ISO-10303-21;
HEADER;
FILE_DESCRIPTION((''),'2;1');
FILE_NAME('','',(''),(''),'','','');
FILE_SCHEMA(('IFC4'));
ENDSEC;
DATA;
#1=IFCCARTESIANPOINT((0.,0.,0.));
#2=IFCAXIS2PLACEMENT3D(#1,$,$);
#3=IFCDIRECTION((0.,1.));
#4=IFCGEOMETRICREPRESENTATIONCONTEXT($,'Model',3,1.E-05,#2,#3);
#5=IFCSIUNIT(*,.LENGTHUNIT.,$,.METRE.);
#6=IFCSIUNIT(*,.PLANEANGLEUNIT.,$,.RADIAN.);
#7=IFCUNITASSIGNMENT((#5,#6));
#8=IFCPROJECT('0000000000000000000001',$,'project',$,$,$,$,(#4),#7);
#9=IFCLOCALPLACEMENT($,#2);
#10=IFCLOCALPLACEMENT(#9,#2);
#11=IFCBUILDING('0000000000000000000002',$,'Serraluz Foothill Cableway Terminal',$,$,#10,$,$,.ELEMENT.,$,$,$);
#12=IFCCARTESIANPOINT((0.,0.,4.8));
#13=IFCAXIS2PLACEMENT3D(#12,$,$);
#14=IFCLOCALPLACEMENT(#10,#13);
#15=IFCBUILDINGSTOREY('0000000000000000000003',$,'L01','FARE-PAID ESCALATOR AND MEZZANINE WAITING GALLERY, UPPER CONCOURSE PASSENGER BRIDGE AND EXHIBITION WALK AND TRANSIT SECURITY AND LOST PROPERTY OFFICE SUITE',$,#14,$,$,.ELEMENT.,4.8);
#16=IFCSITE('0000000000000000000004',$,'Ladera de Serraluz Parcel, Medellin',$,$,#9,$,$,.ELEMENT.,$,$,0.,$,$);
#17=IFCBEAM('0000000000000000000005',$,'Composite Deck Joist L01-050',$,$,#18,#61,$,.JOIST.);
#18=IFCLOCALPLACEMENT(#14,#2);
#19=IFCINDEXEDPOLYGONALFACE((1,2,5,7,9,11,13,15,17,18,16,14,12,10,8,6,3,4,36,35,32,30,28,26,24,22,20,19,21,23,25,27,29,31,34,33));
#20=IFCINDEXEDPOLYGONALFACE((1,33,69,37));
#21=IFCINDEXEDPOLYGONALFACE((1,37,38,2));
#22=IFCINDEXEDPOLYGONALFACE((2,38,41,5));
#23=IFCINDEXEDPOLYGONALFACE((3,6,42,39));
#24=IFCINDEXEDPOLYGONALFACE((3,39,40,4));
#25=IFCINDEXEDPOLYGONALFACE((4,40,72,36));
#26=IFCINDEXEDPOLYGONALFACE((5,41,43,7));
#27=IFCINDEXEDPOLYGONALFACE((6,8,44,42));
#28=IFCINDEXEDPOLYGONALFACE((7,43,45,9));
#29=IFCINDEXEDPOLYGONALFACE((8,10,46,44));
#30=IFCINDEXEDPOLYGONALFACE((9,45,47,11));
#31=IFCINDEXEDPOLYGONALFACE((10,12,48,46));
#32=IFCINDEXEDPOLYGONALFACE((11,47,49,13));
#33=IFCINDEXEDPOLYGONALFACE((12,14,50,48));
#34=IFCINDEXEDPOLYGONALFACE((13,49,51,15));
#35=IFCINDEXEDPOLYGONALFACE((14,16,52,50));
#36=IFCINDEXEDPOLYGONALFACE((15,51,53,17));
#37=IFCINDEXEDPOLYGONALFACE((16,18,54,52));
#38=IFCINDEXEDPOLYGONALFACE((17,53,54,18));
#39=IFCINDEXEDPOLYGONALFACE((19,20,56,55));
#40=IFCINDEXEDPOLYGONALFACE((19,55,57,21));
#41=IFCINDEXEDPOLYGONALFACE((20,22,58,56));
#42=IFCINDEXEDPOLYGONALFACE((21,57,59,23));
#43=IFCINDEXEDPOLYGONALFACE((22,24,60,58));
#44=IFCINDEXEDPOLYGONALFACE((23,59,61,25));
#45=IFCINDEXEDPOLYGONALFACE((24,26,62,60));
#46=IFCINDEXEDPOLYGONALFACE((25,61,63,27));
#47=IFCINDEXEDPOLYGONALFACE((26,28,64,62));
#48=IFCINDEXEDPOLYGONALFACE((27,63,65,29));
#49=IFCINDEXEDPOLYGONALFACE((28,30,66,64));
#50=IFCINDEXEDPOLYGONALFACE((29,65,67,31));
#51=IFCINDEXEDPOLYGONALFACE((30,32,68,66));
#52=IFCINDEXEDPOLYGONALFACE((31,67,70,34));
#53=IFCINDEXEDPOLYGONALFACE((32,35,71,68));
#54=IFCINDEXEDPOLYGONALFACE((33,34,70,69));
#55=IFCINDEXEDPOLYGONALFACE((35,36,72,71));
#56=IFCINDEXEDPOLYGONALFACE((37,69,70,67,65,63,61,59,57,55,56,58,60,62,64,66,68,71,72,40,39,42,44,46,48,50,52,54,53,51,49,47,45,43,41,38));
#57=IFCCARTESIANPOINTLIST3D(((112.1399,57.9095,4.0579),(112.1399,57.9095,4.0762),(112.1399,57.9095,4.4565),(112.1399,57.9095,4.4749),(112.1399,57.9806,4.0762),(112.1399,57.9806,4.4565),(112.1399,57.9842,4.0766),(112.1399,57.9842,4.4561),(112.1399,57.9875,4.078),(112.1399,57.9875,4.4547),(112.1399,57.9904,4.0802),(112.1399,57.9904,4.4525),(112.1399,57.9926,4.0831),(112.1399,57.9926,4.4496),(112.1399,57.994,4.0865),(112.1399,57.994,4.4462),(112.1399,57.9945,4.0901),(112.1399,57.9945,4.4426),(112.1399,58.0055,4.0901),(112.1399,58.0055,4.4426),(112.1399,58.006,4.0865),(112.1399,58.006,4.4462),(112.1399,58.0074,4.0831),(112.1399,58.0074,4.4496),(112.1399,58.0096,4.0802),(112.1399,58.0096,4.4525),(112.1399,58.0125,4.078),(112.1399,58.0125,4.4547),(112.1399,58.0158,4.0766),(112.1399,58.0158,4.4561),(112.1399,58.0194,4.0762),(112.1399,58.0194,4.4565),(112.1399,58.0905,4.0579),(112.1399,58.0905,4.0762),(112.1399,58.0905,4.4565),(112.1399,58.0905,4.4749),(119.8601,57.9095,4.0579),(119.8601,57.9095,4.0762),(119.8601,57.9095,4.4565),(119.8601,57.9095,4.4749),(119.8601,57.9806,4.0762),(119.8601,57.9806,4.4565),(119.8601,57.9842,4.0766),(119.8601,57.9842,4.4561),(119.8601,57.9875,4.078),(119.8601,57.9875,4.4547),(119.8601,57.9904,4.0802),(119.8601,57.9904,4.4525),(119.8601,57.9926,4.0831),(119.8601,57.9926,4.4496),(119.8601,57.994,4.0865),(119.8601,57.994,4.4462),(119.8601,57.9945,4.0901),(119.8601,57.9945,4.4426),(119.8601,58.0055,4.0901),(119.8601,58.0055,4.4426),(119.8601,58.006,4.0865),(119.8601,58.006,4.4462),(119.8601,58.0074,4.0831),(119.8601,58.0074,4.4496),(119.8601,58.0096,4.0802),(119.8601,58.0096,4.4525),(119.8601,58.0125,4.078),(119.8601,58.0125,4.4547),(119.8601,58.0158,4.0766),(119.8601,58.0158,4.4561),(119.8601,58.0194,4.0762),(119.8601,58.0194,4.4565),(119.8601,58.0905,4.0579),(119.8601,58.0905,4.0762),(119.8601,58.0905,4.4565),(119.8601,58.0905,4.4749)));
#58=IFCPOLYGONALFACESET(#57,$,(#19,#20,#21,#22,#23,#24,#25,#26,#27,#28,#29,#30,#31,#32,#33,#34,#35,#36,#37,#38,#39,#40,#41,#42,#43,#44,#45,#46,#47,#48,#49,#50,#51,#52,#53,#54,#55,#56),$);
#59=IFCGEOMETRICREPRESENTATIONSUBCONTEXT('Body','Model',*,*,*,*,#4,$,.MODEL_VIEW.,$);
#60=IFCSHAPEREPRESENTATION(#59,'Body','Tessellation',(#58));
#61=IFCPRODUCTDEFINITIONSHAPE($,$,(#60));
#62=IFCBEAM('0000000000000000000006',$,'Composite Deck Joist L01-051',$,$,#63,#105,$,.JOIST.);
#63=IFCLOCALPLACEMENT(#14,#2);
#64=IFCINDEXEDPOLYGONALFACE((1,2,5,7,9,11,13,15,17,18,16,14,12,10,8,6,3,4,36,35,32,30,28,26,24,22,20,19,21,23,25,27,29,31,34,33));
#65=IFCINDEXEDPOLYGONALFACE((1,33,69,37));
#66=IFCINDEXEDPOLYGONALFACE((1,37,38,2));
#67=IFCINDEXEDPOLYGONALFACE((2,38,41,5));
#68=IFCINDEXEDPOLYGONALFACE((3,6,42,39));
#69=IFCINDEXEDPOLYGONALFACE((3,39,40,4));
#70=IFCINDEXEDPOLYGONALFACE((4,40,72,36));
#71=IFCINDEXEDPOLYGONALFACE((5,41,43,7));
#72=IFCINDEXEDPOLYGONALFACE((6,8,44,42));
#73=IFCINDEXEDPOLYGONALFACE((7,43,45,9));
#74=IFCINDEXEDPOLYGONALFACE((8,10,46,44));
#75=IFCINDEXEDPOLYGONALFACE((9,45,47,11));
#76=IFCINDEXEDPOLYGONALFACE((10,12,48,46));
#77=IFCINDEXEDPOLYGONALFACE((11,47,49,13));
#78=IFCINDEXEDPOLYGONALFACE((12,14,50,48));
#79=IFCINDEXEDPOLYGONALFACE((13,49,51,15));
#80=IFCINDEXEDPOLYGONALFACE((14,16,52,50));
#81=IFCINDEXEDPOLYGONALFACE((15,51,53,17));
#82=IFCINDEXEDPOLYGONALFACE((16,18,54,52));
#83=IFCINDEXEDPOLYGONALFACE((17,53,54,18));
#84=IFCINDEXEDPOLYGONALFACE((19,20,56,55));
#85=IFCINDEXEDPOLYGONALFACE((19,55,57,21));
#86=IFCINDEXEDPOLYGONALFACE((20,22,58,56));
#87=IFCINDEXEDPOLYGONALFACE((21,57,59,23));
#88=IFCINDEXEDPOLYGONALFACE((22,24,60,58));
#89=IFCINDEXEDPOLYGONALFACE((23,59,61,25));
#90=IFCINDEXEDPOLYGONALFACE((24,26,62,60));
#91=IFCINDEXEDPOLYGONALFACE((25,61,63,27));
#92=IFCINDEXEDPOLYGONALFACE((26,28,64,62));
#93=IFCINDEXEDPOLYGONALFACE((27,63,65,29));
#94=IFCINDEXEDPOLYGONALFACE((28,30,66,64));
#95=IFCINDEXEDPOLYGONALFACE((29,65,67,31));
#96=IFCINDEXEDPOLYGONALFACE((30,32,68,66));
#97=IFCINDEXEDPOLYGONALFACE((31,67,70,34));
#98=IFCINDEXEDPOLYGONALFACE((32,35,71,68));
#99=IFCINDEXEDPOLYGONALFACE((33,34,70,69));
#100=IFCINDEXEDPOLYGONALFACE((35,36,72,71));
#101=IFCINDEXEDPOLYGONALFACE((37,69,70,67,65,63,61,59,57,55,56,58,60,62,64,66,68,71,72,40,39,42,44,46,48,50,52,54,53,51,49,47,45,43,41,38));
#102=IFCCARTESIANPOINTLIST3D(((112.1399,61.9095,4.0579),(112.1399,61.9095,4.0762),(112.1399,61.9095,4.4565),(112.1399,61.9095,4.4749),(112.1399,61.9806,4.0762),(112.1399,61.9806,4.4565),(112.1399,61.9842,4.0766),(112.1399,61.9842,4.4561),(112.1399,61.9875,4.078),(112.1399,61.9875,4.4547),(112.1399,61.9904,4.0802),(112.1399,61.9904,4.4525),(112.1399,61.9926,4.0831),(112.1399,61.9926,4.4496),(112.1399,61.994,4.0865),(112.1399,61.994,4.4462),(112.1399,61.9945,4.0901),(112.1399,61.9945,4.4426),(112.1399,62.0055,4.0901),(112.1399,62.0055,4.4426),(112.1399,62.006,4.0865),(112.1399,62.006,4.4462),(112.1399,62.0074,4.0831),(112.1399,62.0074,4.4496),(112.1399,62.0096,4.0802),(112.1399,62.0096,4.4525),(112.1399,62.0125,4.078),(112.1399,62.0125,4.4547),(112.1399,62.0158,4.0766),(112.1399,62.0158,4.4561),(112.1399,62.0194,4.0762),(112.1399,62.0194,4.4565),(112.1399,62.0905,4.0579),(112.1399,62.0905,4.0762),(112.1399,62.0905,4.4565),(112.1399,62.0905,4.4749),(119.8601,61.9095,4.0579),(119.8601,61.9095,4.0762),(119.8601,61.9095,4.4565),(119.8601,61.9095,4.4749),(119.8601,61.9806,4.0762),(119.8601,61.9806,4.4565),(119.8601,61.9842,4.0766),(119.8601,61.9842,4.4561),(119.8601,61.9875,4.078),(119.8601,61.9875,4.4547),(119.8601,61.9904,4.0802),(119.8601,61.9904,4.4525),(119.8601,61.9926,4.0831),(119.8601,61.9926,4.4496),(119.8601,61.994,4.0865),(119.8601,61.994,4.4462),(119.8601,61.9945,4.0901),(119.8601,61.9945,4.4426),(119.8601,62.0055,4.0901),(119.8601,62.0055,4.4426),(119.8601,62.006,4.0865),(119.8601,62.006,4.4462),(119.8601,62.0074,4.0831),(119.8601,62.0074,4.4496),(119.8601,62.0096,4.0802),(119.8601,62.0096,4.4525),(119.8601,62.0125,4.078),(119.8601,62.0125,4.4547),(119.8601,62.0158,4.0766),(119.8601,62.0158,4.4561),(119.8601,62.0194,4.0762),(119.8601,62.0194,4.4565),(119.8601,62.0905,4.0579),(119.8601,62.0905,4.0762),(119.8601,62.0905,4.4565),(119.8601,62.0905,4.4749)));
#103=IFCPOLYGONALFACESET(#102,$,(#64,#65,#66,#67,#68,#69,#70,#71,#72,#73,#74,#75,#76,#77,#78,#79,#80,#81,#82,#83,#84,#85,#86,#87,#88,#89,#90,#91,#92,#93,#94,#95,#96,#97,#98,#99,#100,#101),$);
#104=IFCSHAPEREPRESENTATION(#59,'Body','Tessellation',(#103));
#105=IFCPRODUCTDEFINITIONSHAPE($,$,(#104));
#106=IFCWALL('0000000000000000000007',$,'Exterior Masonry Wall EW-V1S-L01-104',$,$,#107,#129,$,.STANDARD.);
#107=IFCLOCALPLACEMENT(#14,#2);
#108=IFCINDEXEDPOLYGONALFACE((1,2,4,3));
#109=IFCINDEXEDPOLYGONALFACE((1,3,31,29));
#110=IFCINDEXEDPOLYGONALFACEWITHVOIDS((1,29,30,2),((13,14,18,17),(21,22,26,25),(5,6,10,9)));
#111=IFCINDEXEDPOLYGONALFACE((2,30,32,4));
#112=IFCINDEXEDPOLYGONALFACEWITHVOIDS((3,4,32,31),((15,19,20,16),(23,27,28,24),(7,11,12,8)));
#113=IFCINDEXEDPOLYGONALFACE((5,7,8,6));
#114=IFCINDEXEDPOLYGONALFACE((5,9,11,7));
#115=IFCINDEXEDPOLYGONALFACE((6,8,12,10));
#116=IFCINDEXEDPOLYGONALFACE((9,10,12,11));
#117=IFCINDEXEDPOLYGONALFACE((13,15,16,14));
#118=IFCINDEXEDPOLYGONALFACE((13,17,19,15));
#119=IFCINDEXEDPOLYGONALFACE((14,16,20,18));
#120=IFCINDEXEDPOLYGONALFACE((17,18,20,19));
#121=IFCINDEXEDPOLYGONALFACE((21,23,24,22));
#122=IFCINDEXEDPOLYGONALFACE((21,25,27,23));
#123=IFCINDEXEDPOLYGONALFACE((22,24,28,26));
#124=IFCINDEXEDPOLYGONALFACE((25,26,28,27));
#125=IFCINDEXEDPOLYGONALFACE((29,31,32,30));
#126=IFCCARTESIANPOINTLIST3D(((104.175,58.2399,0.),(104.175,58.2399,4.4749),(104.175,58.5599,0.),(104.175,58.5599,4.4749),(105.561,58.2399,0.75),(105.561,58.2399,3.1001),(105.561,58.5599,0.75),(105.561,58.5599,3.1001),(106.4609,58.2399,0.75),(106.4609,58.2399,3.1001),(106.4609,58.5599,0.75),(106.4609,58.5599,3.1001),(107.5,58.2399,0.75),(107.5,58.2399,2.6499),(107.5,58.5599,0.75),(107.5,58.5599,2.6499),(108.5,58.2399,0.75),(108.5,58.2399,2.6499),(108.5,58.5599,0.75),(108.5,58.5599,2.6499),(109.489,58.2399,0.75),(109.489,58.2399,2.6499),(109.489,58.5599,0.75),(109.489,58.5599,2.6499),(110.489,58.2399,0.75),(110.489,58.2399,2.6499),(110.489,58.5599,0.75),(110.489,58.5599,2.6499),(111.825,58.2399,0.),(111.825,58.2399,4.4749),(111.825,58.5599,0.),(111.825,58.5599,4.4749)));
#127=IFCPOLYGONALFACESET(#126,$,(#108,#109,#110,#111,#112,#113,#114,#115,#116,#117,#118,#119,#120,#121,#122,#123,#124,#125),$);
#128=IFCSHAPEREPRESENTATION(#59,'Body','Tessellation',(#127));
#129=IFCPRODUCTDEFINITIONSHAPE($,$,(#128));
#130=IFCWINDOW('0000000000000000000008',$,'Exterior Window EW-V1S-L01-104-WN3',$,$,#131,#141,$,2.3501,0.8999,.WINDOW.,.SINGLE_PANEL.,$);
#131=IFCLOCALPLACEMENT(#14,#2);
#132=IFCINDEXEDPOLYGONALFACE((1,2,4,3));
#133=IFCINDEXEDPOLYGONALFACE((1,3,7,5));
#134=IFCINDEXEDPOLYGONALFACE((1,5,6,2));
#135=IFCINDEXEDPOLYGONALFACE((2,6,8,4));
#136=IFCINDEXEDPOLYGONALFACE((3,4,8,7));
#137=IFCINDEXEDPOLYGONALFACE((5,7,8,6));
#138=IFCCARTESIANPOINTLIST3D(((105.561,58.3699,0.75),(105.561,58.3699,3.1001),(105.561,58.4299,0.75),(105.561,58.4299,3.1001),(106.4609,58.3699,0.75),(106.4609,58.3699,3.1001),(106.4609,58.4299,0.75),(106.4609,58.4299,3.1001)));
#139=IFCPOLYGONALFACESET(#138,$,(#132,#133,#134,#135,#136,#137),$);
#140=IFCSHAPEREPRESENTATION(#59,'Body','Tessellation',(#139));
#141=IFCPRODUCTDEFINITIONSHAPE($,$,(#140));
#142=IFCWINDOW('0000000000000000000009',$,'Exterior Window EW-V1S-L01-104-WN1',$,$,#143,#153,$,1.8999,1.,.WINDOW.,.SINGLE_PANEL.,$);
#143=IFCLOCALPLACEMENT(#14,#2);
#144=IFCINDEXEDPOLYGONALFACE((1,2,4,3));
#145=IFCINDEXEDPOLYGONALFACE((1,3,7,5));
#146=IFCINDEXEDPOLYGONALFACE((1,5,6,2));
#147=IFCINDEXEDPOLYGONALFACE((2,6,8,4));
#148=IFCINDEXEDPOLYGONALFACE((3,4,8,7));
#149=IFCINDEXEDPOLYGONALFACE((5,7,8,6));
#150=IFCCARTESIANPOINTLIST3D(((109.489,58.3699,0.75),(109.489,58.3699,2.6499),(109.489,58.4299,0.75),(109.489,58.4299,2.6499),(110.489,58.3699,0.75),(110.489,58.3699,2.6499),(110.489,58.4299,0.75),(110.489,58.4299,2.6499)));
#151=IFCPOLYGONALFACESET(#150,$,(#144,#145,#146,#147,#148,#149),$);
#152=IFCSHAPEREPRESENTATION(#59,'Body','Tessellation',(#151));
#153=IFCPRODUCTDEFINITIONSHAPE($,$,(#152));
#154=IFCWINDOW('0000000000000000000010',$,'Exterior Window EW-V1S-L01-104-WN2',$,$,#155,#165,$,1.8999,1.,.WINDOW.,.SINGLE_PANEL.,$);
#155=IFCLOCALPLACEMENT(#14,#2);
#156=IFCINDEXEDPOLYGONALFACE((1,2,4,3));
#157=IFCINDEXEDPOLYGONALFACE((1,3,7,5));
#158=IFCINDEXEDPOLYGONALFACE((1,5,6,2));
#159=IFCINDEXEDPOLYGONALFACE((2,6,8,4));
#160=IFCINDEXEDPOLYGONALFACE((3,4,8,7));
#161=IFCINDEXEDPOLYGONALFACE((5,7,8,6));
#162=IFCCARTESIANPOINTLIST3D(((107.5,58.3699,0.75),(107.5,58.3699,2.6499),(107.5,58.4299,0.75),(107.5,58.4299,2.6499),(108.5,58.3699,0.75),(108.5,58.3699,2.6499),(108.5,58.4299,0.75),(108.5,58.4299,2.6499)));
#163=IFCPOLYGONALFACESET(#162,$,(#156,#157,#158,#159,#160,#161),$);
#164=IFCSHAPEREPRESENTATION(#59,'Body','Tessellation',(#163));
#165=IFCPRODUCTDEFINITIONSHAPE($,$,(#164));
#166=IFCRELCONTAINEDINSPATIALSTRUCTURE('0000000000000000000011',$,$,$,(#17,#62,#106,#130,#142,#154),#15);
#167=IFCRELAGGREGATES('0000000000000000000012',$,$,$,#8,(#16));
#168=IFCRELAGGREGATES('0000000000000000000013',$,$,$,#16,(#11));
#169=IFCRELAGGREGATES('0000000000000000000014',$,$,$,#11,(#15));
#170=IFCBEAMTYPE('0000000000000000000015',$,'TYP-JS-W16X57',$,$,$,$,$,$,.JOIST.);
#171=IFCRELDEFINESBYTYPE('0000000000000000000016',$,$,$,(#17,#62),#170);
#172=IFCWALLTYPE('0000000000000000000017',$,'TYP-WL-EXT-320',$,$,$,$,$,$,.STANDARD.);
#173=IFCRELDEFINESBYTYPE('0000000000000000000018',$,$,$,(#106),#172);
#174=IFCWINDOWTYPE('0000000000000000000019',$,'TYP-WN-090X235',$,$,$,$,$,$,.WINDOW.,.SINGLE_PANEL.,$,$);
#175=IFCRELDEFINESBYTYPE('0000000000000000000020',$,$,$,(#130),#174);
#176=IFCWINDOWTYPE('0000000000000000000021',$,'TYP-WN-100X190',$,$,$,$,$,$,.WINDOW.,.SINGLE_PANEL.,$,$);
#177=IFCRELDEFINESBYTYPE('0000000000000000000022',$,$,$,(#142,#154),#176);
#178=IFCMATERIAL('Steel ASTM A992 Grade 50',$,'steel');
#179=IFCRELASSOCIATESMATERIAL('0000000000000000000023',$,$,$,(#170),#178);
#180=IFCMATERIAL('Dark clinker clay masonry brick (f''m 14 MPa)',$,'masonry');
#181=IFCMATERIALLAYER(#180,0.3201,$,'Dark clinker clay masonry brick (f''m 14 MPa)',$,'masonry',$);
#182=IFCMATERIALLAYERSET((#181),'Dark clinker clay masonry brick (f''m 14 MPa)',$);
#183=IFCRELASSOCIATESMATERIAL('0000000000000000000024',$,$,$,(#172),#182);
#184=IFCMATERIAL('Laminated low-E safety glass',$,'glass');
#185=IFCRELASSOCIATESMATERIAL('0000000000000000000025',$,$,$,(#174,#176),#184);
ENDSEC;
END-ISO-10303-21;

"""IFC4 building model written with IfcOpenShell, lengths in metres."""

from ifc_helpers import new_model, si_unit, direction, frame, frame_2d, origin, origin_2d, place, context, subcontext, project, spatial, rectangle, i_section, extrude, material, layer, layer_set, material_profile, profile_set, type_object, element, fill, save


model = new_model("IFC4")

# Units and contexts
model_context = context("Model", 3, precision=1e-05, world=origin(), true_north=direction((0.0, 1.0)))
body_context = subcontext(model_context, "Body", "Model", "MODEL_VIEW")
ifc_project = project(units=[si_unit("LENGTHUNIT", "METRE"), si_unit("PLANEANGLEUNIT", "RADIAN")], contexts=[model_context])

# Site, building, storey
site_placement = place(None, origin())
site = spatial("IfcSite", under=ifc_project, at=site_placement, Name="Ladera de Serraluz Parcel, Medellin", CompositionType="ELEMENT", RefElevation=0.0)
building_placement = place(site_placement, origin())
building = spatial("IfcBuilding", under=site, at=building_placement, Name="Serraluz Foothill Cableway Terminal", CompositionType="ELEMENT")
storey_placement = place(building_placement, frame((0.0, 0.0, 4.8)))
storey = spatial("IfcBuildingStorey", under=building, at=storey_placement, Name="L01", Description="FARE-PAID ESCALATOR AND MEZZANINE WAITING GALLERY, UPPER CONCOURSE PASSENGER BRIDGE AND EXHIBITION WALK AND TRANSIT SECURITY AND LOST PROPERTY OFFICE SUITE", CompositionType="ELEMENT", Elevation=4.8)

# Shared definitions
ifc_material_1 = material(Name="Dark clinker clay masonry brick (f'm 14 MPa)", Category="masonry")

# Beams
ifc_material_2 = material(Name="Steel ASTM A992 Grade 50", Category="steel")
ifc_material_profile_1 = material_profile(ifc_material_2, i_section(OverallWidth=0.1809, OverallDepth=0.417, WebThickness=0.011, FlangeThickness=0.0183, FilletRadius=0.0139, at=origin_2d()), Name="W16X57")
ifc_profile_set_1 = profile_set([ifc_material_profile_1], Name="Steel ASTM A992 Grade 50")
beam_type_1 = type_object("IfcBeamType", Name="TYP-JS-W16X57", PredefinedType="JOIST", material=ifc_profile_set_1)
for number, where, z_axis, x_axis, name in (
    (1, (112.1399, 58.0, 4.2664), (1.0, 0.0, 0.0), (0.0, 1.0, 0.0), "Composite Deck Joist L01-050"),
    (2, (112.1399, 62.0, 4.2664), (1.0, 0.0, 0.0), (0.0, 1.0, 0.0), "Composite Deck Joist L01-051"),
):
    element("IfcBeam", number, at=place(storey_placement, frame(where, z_axis=z_axis, x_axis=x_axis)), inside=storey, type_object=beam_type_1, Name=name, PredefinedType="JOIST", context=body_context, shape_type="SweptSolid", body=[
        extrude(i_section(OverallWidth=0.1809, OverallDepth=0.417, WebThickness=0.011, FlangeThickness=0.0183, FilletRadius=0.0139, at=origin_2d()), origin(), (0.0, 0.0, 1.0), 7.7202),
    ])

# Wall, openings, windows
ifc_layer_1 = layer(ifc_material_1, 0.3201, Name="Dark clinker clay masonry brick (f'm 14 MPa)", Category="masonry")
ifc_layer_set_1 = layer_set([ifc_layer_1], Name="Dark clinker clay masonry brick (f'm 14 MPa)")
wall_type_1 = type_object("IfcWallType", Name="TYP-WL-EXT-320", PredefinedType="STANDARD", material=ifc_layer_set_1)
wall_1_placement = place(storey_placement, frame((111.825, 58.3999, 0.0), z_axis=(0.0, 0.0, 1.0), x_axis=(-1.0, 0.0, 0.0)))
wall_1 = element("IfcWall", 3, at=wall_1_placement, inside=storey, type_object=wall_type_1, Name="Exterior Masonry Wall EW-V1S-L01-104", PredefinedType="STANDARD", context=body_context, shape_type="SweptSolid", body=[
    extrude(rectangle(XDim=7.6499, YDim=0.3201, at=frame_2d((3.825, 0.0))), origin(), (0.0, 0.0, 1.0), 4.4749),
])
opening_1_placement = place(wall_1_placement, frame((1.3359, 0.0, 0.75)))
opening_1 = element("IfcOpeningElement", 4, at=opening_1_placement, cuts=wall_1, PredefinedType="OPENING", context=body_context, shape_type="SweptSolid", body=[
    extrude(rectangle(XDim=1.0, YDim=1.8999, at=frame_2d((0.5, 0.95))), frame((0.0, 0.1699, 0.0), z_axis=(0.0, -1.0, 0.0), x_axis=(1.0, 0.0, 0.0)), (0.0, 0.0, 1.0), 0.3401),
])
opening_2_placement = place(wall_1_placement, frame((3.325, 0.0, 0.75)))
opening_2 = element("IfcOpeningElement", 5, at=opening_2_placement, cuts=wall_1, PredefinedType="OPENING", context=body_context, shape_type="SweptSolid", body=[
    extrude(rectangle(XDim=1.0, YDim=1.8999, at=frame_2d((0.5, 0.95))), frame((0.0, 0.1699, 0.0), z_axis=(0.0, -1.0, 0.0), x_axis=(1.0, 0.0, 0.0)), (0.0, 0.0, 1.0), 0.3401),
])
opening_3_placement = place(wall_1_placement, frame((5.364, 0.0, 0.75)))
opening_3 = element("IfcOpeningElement", 6, at=opening_3_placement, cuts=wall_1, PredefinedType="OPENING", context=body_context, shape_type="SweptSolid", body=[
    extrude(rectangle(XDim=0.8999, YDim=2.3501, at=frame_2d((0.45, 1.175))), frame((0.0, 0.1699, 0.0), z_axis=(0.0, -1.0, 0.0), x_axis=(1.0, 0.0, 0.0)), (0.0, 0.0, 1.0), 0.3401),
])
ifc_material_3 = material(Name="Laminated low-E safety glass", Category="glass")
window_type_1 = type_object("IfcWindowType", Name="TYP-WN-090X235", PartitioningType="SINGLE_PANEL", PredefinedType="WINDOW", material=ifc_material_3)
window_1_placement = place(opening_3_placement, origin())
window_1 = element("IfcWindow", 7, at=window_1_placement, inside=storey, type_object=window_type_1, Name="Exterior Window EW-V1S-L01-104-WN3", OverallHeight=2.3501, OverallWidth=0.8999, PartitioningType="SINGLE_PANEL", PredefinedType="WINDOW", context=body_context, shape_type="SweptSolid", body=[
    extrude(rectangle(XDim=0.8999, YDim=2.3501, at=frame_2d((0.45, 1.175))), frame((0.0, 0.03, 0.0), z_axis=(0.0, -1.0, 0.0), x_axis=(1.0, 0.0, 0.0)), (0.0, 0.0, 1.0), 0.0601),
])
fill(opening_3, window_1)
window_type_2 = type_object("IfcWindowType", Name="TYP-WN-100X190", PartitioningType="SINGLE_PANEL", PredefinedType="WINDOW", material=ifc_material_3)
window_2_placement = place(opening_1_placement, origin())
window_2 = element("IfcWindow", 8, at=window_2_placement, inside=storey, type_object=window_type_2, Name="Exterior Window EW-V1S-L01-104-WN1", OverallHeight=1.8999, OverallWidth=1.0, PartitioningType="SINGLE_PANEL", PredefinedType="WINDOW", context=body_context, shape_type="SweptSolid", body=[
    extrude(rectangle(XDim=1.0, YDim=1.8999, at=frame_2d((0.5, 0.95))), frame((0.0, 0.03, 0.0), z_axis=(0.0, -1.0, 0.0), x_axis=(1.0, 0.0, 0.0)), (0.0, 0.0, 1.0), 0.0601),
])
fill(opening_1, window_2)
window_3_placement = place(opening_2_placement, origin())
window_3 = element("IfcWindow", 9, at=window_3_placement, inside=storey, type_object=window_type_2, Name="Exterior Window EW-V1S-L01-104-WN2", OverallHeight=1.8999, OverallWidth=1.0, PartitioningType="SINGLE_PANEL", PredefinedType="WINDOW", context=body_context, shape_type="SweptSolid", body=[
    extrude(rectangle(XDim=1.0, YDim=1.8999, at=frame_2d((0.5, 0.95))), frame((0.0, 0.03, 0.0), z_axis=(0.0, -1.0, 0.0), x_axis=(1.0, 0.0, 0.0)), (0.0, 0.0, 1.0), 0.0601),
])
fill(opening_2, window_3)

save(model, "model.ifc")
